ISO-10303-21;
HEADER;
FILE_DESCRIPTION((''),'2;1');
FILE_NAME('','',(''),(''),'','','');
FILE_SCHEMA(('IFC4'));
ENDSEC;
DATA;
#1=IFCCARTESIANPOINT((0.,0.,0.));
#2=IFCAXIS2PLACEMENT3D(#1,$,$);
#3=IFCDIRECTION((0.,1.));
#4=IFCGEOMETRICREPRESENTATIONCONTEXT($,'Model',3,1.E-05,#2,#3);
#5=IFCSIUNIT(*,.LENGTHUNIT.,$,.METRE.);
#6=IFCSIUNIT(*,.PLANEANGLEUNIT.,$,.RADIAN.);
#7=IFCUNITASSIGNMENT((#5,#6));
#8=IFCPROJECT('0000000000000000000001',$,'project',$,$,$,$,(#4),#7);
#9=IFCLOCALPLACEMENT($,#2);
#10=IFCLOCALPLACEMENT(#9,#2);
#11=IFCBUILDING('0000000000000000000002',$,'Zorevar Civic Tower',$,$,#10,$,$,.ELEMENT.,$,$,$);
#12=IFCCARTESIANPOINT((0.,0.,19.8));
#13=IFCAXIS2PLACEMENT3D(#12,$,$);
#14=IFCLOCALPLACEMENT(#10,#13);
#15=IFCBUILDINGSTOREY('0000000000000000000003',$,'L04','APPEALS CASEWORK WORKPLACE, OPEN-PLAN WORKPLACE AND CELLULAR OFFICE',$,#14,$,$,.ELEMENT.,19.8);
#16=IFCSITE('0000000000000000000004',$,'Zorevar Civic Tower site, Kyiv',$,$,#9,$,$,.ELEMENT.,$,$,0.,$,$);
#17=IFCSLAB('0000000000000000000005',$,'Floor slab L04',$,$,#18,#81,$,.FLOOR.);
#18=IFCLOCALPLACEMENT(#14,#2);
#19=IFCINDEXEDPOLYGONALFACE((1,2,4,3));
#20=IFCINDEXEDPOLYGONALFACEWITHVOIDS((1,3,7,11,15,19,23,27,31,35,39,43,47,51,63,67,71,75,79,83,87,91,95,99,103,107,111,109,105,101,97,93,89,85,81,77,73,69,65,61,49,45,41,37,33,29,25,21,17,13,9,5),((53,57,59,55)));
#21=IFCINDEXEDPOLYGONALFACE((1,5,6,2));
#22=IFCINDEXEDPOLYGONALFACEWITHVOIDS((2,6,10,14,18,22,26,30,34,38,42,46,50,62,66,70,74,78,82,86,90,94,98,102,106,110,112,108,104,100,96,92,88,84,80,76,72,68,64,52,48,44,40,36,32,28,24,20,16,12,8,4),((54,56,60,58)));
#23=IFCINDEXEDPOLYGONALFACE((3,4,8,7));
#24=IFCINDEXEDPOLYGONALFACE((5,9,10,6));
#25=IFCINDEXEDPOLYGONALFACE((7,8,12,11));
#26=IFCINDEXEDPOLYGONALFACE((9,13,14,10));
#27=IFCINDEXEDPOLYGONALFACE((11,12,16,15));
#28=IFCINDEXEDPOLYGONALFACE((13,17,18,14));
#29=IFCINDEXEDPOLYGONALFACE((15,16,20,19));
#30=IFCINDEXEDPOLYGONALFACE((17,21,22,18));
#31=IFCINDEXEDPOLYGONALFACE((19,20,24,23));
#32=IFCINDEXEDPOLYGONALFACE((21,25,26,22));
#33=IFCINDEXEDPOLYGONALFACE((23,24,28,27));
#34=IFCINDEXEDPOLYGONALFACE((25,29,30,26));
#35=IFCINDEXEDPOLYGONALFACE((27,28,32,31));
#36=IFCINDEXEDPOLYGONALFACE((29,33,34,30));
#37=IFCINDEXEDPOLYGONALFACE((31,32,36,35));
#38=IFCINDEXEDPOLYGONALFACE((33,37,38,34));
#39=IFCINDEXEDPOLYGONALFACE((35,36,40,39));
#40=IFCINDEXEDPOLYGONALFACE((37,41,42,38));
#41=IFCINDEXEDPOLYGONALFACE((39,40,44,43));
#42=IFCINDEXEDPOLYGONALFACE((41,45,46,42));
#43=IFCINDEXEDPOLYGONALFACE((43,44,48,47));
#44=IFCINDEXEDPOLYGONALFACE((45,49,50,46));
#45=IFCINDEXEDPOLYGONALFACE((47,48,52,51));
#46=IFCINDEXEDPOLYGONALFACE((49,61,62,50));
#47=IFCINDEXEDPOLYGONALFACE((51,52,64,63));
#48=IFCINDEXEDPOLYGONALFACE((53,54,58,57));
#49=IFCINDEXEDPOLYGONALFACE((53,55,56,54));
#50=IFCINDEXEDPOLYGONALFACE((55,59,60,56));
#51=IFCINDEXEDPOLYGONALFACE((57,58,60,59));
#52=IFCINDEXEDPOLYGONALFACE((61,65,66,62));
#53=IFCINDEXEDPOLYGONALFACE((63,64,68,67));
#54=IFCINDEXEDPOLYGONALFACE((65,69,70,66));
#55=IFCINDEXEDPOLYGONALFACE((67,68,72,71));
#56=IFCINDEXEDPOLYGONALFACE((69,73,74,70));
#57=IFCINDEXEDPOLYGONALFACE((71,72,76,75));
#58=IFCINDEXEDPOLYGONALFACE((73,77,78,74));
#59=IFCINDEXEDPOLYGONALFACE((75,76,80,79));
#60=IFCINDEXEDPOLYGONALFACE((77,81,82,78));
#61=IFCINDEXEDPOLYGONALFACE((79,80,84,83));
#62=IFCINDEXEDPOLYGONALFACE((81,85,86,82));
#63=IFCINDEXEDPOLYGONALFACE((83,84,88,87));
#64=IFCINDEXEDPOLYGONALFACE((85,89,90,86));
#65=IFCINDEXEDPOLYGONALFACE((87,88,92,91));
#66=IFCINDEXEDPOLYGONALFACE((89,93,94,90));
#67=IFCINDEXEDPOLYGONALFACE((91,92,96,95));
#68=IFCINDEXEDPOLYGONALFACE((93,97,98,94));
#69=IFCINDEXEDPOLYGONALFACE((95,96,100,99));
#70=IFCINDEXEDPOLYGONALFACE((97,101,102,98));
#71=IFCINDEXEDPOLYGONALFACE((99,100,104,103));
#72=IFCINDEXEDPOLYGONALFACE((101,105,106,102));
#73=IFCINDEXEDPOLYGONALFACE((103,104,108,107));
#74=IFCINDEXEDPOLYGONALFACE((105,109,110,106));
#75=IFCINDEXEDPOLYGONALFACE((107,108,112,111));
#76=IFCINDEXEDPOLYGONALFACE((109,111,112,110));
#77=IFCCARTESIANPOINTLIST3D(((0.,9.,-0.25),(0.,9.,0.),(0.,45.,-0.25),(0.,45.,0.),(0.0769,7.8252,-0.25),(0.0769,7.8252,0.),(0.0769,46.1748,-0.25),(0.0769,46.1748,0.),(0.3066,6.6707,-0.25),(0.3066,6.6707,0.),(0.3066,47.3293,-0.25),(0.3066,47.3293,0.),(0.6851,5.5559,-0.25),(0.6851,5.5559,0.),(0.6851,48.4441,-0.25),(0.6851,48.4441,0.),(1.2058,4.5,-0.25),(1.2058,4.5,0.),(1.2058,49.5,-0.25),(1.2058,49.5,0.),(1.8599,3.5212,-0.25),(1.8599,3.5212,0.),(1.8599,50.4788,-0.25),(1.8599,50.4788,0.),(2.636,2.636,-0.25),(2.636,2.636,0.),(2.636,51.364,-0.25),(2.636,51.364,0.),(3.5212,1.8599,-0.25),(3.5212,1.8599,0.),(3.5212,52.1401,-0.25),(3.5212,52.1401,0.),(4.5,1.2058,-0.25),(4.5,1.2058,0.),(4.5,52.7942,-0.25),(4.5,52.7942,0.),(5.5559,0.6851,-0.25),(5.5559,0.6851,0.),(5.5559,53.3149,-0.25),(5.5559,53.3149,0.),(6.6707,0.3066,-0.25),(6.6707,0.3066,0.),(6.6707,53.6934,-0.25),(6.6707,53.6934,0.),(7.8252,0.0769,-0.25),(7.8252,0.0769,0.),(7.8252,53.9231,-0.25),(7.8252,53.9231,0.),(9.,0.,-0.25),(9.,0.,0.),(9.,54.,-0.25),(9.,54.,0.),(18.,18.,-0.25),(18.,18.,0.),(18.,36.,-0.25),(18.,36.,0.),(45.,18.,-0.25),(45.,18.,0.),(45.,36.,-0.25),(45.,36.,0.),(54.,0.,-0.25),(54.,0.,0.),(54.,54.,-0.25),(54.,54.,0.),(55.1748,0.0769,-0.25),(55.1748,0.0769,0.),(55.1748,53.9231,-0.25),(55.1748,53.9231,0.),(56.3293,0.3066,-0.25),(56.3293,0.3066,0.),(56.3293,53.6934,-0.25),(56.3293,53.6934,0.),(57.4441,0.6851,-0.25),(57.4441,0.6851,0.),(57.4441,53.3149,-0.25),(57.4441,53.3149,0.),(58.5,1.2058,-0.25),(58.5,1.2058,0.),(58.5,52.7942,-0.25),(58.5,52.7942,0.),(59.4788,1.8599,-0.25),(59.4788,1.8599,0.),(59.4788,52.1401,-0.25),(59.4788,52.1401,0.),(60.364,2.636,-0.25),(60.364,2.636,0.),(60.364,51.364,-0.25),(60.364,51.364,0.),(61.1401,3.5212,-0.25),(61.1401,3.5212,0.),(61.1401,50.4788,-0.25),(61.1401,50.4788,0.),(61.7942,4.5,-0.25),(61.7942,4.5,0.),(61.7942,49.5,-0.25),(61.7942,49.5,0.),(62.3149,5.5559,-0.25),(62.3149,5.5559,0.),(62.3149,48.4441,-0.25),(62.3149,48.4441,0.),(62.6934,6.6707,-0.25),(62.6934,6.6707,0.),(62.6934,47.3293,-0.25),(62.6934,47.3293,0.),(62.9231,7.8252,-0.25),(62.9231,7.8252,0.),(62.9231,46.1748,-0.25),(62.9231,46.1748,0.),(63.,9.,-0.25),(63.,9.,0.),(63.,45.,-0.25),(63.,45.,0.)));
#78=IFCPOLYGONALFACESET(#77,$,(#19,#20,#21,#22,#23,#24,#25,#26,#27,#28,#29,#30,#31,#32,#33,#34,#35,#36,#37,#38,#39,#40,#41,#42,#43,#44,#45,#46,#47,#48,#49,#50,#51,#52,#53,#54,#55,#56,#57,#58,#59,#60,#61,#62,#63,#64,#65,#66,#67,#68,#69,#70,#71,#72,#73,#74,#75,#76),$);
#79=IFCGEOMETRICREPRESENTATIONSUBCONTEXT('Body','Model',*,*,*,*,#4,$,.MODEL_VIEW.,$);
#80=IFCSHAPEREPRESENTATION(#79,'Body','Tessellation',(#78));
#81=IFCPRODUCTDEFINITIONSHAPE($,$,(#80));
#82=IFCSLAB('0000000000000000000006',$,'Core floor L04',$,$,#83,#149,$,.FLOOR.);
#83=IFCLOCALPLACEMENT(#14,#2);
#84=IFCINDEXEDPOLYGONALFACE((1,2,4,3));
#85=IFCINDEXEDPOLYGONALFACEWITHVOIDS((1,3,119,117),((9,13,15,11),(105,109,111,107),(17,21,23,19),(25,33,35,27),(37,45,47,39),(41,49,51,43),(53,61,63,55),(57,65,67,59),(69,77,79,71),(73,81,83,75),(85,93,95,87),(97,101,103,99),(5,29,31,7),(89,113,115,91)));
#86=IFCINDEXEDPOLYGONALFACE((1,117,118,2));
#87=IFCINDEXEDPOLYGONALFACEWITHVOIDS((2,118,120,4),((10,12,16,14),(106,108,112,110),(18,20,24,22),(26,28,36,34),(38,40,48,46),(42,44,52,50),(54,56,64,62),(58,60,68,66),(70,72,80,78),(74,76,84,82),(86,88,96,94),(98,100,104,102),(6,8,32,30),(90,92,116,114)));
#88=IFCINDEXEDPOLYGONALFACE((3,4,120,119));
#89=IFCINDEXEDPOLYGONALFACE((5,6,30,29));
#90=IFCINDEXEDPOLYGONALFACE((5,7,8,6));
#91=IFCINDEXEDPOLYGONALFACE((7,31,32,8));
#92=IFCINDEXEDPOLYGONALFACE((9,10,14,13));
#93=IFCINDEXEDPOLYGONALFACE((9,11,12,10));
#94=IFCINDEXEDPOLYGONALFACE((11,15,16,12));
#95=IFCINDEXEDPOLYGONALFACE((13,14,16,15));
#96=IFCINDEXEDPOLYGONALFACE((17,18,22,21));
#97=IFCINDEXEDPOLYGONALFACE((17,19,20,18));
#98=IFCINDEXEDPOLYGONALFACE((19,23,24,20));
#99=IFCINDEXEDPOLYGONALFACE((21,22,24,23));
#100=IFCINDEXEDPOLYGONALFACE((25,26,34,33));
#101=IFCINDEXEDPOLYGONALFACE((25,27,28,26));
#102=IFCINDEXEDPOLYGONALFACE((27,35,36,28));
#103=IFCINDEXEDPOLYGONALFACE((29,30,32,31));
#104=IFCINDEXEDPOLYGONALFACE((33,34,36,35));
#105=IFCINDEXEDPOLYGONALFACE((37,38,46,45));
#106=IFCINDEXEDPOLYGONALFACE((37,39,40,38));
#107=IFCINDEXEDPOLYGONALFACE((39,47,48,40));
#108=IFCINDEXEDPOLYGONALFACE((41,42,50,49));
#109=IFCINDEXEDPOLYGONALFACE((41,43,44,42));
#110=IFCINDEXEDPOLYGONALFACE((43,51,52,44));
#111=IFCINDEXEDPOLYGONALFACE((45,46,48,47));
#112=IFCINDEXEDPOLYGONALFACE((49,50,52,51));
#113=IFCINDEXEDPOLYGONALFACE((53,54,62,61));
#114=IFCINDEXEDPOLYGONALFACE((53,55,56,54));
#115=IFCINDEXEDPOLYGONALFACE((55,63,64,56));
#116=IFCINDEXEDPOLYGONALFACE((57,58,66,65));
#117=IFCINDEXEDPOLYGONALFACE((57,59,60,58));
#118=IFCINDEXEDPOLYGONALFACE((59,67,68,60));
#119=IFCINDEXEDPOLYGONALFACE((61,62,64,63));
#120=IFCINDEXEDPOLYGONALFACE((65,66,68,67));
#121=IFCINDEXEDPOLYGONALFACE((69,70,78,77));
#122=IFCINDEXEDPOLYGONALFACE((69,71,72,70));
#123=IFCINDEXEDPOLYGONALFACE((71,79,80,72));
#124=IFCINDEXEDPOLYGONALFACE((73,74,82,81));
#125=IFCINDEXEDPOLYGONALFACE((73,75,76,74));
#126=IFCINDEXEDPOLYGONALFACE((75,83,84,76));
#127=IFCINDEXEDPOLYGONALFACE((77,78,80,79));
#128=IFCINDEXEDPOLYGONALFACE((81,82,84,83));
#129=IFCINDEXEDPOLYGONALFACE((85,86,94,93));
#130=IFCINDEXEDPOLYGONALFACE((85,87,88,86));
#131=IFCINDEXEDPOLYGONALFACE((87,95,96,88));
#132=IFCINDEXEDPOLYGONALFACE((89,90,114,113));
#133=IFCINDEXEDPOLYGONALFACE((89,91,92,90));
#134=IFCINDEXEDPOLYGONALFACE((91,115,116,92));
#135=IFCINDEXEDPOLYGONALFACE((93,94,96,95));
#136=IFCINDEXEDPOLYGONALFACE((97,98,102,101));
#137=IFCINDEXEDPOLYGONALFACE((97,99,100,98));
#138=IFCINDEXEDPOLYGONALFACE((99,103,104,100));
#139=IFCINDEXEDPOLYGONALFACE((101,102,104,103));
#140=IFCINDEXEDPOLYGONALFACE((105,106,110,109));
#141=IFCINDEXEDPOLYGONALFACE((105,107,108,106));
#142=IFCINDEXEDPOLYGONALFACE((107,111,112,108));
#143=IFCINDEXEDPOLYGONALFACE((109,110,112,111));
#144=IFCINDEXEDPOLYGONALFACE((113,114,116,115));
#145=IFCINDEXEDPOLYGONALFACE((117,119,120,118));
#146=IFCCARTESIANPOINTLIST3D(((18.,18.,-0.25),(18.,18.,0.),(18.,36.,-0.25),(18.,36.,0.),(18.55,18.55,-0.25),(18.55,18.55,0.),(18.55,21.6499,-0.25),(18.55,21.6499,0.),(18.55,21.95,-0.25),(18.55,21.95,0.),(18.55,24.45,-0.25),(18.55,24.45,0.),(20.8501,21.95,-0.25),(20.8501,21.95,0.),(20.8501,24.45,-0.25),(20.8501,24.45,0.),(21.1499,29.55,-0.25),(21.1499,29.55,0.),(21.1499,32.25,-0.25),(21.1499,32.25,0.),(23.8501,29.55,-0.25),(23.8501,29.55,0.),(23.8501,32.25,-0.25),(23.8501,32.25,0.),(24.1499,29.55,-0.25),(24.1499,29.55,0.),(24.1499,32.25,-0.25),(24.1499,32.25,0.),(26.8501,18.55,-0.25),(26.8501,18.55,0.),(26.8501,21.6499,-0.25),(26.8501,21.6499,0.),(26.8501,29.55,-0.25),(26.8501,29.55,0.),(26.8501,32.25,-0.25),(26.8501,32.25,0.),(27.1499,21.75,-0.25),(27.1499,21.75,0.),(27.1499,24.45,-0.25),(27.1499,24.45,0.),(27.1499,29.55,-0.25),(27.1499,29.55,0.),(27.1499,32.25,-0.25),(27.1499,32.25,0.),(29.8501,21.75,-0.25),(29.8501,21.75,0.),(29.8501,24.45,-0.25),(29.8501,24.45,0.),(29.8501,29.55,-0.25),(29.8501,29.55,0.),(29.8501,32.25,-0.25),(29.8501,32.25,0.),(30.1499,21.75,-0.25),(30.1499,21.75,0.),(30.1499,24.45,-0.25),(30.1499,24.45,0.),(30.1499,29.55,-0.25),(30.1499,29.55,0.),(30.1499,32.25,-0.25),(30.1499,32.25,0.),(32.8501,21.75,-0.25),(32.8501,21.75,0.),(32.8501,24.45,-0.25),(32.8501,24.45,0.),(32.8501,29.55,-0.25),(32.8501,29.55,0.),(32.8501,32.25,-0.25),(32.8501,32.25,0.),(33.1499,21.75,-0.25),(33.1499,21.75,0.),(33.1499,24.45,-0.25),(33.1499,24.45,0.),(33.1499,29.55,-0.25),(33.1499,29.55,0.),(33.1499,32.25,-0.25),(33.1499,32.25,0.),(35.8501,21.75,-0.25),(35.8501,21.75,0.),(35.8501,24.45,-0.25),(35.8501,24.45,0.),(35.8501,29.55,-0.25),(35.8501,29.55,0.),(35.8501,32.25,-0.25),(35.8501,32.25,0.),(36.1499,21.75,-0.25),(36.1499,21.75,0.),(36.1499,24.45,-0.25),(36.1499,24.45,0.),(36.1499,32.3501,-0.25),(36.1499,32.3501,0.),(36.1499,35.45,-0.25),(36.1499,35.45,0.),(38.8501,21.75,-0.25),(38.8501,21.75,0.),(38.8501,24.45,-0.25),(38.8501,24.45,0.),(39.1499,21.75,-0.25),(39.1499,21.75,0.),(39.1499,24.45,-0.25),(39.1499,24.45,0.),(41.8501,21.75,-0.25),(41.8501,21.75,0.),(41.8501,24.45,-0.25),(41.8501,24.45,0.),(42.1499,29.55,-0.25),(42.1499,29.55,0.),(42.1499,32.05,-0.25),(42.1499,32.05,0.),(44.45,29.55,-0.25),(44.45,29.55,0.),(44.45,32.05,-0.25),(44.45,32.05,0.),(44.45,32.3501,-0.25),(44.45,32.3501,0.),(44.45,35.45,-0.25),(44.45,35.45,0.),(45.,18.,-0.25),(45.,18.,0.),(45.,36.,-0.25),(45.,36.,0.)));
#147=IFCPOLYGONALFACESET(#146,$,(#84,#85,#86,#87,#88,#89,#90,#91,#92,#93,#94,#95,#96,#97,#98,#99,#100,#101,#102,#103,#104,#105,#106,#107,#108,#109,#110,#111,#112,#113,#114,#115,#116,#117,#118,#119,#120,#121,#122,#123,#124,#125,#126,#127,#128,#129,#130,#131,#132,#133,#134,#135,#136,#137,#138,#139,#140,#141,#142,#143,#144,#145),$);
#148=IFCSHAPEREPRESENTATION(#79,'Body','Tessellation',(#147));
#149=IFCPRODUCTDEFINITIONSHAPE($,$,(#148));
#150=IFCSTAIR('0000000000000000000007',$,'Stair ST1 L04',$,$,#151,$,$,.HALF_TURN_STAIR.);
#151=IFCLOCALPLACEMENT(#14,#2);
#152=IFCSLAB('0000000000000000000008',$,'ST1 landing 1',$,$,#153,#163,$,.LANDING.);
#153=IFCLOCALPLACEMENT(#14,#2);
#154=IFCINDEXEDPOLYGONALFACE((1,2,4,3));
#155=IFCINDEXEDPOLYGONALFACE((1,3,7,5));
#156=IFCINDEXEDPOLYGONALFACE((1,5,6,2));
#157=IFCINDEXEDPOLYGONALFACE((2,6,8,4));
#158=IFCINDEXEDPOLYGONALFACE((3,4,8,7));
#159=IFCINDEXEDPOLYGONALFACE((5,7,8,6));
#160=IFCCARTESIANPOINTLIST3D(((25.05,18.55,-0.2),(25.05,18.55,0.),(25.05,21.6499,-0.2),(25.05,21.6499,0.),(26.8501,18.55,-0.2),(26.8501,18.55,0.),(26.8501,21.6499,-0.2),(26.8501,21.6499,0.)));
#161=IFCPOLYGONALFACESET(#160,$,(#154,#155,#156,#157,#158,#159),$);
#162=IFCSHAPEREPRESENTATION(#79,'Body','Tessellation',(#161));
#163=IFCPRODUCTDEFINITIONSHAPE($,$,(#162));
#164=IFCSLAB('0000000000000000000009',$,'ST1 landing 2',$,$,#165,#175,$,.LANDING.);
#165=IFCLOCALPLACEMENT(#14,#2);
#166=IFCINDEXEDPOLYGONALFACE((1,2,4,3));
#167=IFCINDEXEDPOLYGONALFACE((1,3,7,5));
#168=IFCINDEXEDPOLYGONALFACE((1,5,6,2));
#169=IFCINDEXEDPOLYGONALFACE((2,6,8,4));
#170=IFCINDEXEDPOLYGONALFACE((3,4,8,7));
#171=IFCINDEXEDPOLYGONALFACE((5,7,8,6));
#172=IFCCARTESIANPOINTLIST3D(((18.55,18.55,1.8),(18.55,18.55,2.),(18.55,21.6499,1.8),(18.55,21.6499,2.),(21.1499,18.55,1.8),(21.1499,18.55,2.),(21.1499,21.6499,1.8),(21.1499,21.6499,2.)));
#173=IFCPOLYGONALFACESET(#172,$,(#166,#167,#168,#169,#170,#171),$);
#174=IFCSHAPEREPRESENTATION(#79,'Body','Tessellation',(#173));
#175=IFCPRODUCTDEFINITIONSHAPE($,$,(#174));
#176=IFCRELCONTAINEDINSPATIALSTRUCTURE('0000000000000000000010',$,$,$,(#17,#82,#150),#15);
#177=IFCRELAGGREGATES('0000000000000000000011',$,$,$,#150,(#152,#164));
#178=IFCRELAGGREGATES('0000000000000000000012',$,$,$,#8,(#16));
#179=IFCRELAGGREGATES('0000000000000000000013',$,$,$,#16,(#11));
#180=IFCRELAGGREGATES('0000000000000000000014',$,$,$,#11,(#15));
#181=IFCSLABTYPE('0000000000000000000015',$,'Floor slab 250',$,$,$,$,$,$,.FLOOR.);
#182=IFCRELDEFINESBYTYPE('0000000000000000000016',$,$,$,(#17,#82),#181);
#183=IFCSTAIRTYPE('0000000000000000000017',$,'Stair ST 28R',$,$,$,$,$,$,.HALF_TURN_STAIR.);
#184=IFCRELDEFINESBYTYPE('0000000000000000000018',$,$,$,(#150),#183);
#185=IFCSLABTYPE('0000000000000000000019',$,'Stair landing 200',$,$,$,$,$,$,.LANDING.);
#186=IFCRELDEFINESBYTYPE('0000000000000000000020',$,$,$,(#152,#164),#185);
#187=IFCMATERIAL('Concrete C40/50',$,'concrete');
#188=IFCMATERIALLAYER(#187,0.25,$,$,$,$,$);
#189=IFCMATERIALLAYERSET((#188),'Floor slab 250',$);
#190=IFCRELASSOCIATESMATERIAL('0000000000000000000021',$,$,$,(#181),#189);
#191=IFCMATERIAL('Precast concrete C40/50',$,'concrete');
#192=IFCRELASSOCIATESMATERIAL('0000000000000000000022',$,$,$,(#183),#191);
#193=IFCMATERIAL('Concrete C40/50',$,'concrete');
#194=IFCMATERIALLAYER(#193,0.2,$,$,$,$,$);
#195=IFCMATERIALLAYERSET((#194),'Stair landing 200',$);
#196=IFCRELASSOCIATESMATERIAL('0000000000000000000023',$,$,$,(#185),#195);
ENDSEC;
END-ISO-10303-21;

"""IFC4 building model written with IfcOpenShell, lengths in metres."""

from ifc_helpers import new_model, si_unit, direction, frame, origin, place, context, subcontext, project, spatial, polyline, outline, extrude, material, layer, layer_set, type_object, element, aggregate, save


model = new_model("IFC4")

# Units and contexts
model_context = context("Model", 3, precision=1e-05, world=origin(), true_north=direction((0.0, 1.0)))
body_context = subcontext(model_context, "Body", "Model", "MODEL_VIEW")
ifc_project = project(units=[si_unit("LENGTHUNIT", "METRE"), si_unit("PLANEANGLEUNIT", "RADIAN")], contexts=[model_context])

# Site, building, storey
site_placement = place(None, origin())
site = spatial("IfcSite", under=ifc_project, at=site_placement, Name="Zorevar Civic Tower site, Kyiv", CompositionType="ELEMENT", RefElevation=0.0)
building_placement = place(site_placement, origin())
building = spatial("IfcBuilding", under=site, at=building_placement, Name="Zorevar Civic Tower", CompositionType="ELEMENT")
storey_placement = place(building_placement, frame((0.0, 0.0, 19.8)))
storey = spatial("IfcBuildingStorey", under=building, at=storey_placement, Name="L04", Description="APPEALS CASEWORK WORKPLACE, OPEN-PLAN WORKPLACE AND CELLULAR OFFICE", CompositionType="ELEMENT", Elevation=19.8)

# Slabs
ifc_material_1 = material(Name="Concrete C40/50", Category="concrete")
ifc_layer_1 = layer(ifc_material_1, 0.25)
ifc_layer_set_1 = layer_set([ifc_layer_1], Name="Floor slab 250")
slab_type_1 = type_object("IfcSlabType", Name="Floor slab 250", PredefinedType="FLOOR", material=ifc_layer_set_1)
slab_1_placement = place(storey_placement, frame((0.0, 0.0, -0.25)))
element("IfcSlab", 1, at=slab_1_placement, inside=storey, type_object=slab_type_1, Name="Floor slab L04", PredefinedType="FLOOR", context=body_context, shape_type="SweptSolid", body=[
    extrude(outline(polyline([(54.0, 0.0), (55.1748, 0.0769), (56.3293, 0.3066), (57.4441, 0.6851), (58.5, 1.2058), (59.4788, 1.8599), (60.364, 2.636), (61.1401, 3.5212), (61.7942, 4.5), (62.3149, 5.5559), (62.6934, 6.6707), (62.9231, 7.8252), (63.0, 9.0), (63.0, 45.0), (62.9231, 46.1748), (62.6934, 47.3293), (62.3149, 48.4441), (61.7942, 49.5), (61.1401, 50.4788), (60.364, 51.364), (59.4788, 52.1401), (58.5, 52.7942), (57.4441, 53.3149), (56.3293, 53.6934), (55.1748, 53.9231), (54.0, 54.0), (9.0, 54.0), (7.8252, 53.9231), (6.6707, 53.6934), (5.5559, 53.3149), (4.5, 52.7942), (3.5212, 52.1401), (2.636, 51.364), (1.8599, 50.4788), (1.2058, 49.5), (0.6851, 48.4441), (0.3066, 47.3293), (0.0769, 46.1748), (0.0, 45.0), (0.0, 9.0), (0.0769, 7.8252), (0.3066, 6.6707), (0.6851, 5.5559), (1.2058, 4.5), (1.8599, 3.5212), (2.636, 2.636), (3.5212, 1.8599), (4.5, 1.2058), (5.5559, 0.6851), (6.6707, 0.3066), (7.8252, 0.0769), (9.0, 0.0), (54.0, 0.0)]), holes=[polyline([(18.0, 18.0), (45.0, 18.0), (45.0, 36.0), (18.0, 36.0), (18.0, 18.0)])]), origin(), (0.0, 0.0, 1.0), 0.25),
])
slab_2_placement = place(storey_placement, frame((0.0, 0.0, -0.25)))
element("IfcSlab", 2, at=slab_2_placement, inside=storey, type_object=slab_type_1, Name="Core floor L04", PredefinedType="FLOOR", context=body_context, shape_type="SweptSolid", body=[
    extrude(outline(polyline([(18.0, 18.0), (45.0, 18.0), (45.0, 36.0), (18.0, 36.0), (18.0, 18.0)]), holes=[polyline([(18.55, 18.55), (26.8501, 18.55), (26.8501, 21.6499), (18.55, 21.6499), (18.55, 18.55)]), polyline([(36.1499, 32.3501), (44.45, 32.3501), (44.45, 35.45), (36.1499, 35.45), (36.1499, 32.3501)]), polyline([(18.55, 21.95), (20.8501, 21.95), (20.8501, 24.45), (18.55, 24.45), (18.55, 21.95)]), polyline([(42.1499, 29.55), (44.45, 29.55), (44.45, 32.05), (42.1499, 32.05), (42.1499, 29.55)]), polyline([(27.1499, 21.75), (29.8501, 21.75), (29.8501, 24.45), (27.1499, 24.45), (27.1499, 21.75)]), polyline([(33.1499, 29.55), (35.8501, 29.55), (35.8501, 32.25), (33.1499, 32.25), (33.1499, 29.55)]), polyline([(30.1499, 21.75), (32.8501, 21.75), (32.8501, 24.45), (30.1499, 24.45), (30.1499, 21.75)]), polyline([(30.1499, 29.55), (32.8501, 29.55), (32.8501, 32.25), (30.1499, 32.25), (30.1499, 29.55)]), polyline([(33.1499, 21.75), (35.8501, 21.75), (35.8501, 24.45), (33.1499, 24.45), (33.1499, 21.75)]), polyline([(27.1499, 29.55), (29.8501, 29.55), (29.8501, 32.25), (27.1499, 32.25), (27.1499, 29.55)]), polyline([(36.1499, 21.75), (38.8501, 21.75), (38.8501, 24.45), (36.1499, 24.45), (36.1499, 21.75)]), polyline([(24.1499, 29.55), (26.8501, 29.55), (26.8501, 32.25), (24.1499, 32.25), (24.1499, 29.55)]), polyline([(39.1499, 21.75), (41.8501, 21.75), (41.8501, 24.45), (39.1499, 24.45), (39.1499, 21.75)]), polyline([(21.1499, 29.55), (23.8501, 29.55), (23.8501, 32.25), (21.1499, 32.25), (21.1499, 29.55)])]), origin(), (0.0, 0.0, 1.0), 0.25),
])

# Stair, slabs
ifc_material_2 = material(Name="Precast concrete C40/50", Category="concrete")
stair_type = type_object("IfcStairType", Name="Stair ST 28R", PredefinedType="HALF_TURN_STAIR", material=ifc_material_2)
stair_1_placement = place(storey_placement, origin())
stair_1 = element("IfcStair", 3, at=stair_1_placement, inside=storey, type_object=stair_type, Name="Stair ST1 L04", PredefinedType="HALF_TURN_STAIR")
ifc_material_3 = material(Name="Concrete C40/50", Category="concrete")
ifc_layer_2 = layer(ifc_material_3, 0.2)
ifc_layer_set_2 = layer_set([ifc_layer_2], Name="Stair landing 200")
slab_type_2 = type_object("IfcSlabType", Name="Stair landing 200", PredefinedType="LANDING", material=ifc_layer_set_2)
slab_3_placement = place(storey_placement, frame((0.0, 0.0, -0.2)))
slab_3 = element("IfcSlab", 4, at=slab_3_placement, type_object=slab_type_2, Name="ST1 landing 1", PredefinedType="LANDING", context=body_context, shape_type="SweptSolid", body=[
    extrude(outline(polyline([(25.05, 18.55), (26.8501, 18.55), (26.8501, 21.6499), (25.05, 21.6499), (25.05, 18.55)])), origin(), (0.0, 0.0, 1.0), 0.2),
])
slab_4_placement = place(storey_placement, frame((0.0, 0.0, 1.8)))
slab_4 = element("IfcSlab", 5, at=slab_4_placement, type_object=slab_type_2, Name="ST1 landing 2", PredefinedType="LANDING", context=body_context, shape_type="SweptSolid", body=[
    extrude(outline(polyline([(18.55, 18.55), (21.1499, 18.55), (21.1499, 21.6499), (18.55, 21.6499), (18.55, 18.55)])), origin(), (0.0, 0.0, 1.0), 0.2),
])
aggregate(stair_1, [slab_3, slab_4])

save(model, "model.ifc")
